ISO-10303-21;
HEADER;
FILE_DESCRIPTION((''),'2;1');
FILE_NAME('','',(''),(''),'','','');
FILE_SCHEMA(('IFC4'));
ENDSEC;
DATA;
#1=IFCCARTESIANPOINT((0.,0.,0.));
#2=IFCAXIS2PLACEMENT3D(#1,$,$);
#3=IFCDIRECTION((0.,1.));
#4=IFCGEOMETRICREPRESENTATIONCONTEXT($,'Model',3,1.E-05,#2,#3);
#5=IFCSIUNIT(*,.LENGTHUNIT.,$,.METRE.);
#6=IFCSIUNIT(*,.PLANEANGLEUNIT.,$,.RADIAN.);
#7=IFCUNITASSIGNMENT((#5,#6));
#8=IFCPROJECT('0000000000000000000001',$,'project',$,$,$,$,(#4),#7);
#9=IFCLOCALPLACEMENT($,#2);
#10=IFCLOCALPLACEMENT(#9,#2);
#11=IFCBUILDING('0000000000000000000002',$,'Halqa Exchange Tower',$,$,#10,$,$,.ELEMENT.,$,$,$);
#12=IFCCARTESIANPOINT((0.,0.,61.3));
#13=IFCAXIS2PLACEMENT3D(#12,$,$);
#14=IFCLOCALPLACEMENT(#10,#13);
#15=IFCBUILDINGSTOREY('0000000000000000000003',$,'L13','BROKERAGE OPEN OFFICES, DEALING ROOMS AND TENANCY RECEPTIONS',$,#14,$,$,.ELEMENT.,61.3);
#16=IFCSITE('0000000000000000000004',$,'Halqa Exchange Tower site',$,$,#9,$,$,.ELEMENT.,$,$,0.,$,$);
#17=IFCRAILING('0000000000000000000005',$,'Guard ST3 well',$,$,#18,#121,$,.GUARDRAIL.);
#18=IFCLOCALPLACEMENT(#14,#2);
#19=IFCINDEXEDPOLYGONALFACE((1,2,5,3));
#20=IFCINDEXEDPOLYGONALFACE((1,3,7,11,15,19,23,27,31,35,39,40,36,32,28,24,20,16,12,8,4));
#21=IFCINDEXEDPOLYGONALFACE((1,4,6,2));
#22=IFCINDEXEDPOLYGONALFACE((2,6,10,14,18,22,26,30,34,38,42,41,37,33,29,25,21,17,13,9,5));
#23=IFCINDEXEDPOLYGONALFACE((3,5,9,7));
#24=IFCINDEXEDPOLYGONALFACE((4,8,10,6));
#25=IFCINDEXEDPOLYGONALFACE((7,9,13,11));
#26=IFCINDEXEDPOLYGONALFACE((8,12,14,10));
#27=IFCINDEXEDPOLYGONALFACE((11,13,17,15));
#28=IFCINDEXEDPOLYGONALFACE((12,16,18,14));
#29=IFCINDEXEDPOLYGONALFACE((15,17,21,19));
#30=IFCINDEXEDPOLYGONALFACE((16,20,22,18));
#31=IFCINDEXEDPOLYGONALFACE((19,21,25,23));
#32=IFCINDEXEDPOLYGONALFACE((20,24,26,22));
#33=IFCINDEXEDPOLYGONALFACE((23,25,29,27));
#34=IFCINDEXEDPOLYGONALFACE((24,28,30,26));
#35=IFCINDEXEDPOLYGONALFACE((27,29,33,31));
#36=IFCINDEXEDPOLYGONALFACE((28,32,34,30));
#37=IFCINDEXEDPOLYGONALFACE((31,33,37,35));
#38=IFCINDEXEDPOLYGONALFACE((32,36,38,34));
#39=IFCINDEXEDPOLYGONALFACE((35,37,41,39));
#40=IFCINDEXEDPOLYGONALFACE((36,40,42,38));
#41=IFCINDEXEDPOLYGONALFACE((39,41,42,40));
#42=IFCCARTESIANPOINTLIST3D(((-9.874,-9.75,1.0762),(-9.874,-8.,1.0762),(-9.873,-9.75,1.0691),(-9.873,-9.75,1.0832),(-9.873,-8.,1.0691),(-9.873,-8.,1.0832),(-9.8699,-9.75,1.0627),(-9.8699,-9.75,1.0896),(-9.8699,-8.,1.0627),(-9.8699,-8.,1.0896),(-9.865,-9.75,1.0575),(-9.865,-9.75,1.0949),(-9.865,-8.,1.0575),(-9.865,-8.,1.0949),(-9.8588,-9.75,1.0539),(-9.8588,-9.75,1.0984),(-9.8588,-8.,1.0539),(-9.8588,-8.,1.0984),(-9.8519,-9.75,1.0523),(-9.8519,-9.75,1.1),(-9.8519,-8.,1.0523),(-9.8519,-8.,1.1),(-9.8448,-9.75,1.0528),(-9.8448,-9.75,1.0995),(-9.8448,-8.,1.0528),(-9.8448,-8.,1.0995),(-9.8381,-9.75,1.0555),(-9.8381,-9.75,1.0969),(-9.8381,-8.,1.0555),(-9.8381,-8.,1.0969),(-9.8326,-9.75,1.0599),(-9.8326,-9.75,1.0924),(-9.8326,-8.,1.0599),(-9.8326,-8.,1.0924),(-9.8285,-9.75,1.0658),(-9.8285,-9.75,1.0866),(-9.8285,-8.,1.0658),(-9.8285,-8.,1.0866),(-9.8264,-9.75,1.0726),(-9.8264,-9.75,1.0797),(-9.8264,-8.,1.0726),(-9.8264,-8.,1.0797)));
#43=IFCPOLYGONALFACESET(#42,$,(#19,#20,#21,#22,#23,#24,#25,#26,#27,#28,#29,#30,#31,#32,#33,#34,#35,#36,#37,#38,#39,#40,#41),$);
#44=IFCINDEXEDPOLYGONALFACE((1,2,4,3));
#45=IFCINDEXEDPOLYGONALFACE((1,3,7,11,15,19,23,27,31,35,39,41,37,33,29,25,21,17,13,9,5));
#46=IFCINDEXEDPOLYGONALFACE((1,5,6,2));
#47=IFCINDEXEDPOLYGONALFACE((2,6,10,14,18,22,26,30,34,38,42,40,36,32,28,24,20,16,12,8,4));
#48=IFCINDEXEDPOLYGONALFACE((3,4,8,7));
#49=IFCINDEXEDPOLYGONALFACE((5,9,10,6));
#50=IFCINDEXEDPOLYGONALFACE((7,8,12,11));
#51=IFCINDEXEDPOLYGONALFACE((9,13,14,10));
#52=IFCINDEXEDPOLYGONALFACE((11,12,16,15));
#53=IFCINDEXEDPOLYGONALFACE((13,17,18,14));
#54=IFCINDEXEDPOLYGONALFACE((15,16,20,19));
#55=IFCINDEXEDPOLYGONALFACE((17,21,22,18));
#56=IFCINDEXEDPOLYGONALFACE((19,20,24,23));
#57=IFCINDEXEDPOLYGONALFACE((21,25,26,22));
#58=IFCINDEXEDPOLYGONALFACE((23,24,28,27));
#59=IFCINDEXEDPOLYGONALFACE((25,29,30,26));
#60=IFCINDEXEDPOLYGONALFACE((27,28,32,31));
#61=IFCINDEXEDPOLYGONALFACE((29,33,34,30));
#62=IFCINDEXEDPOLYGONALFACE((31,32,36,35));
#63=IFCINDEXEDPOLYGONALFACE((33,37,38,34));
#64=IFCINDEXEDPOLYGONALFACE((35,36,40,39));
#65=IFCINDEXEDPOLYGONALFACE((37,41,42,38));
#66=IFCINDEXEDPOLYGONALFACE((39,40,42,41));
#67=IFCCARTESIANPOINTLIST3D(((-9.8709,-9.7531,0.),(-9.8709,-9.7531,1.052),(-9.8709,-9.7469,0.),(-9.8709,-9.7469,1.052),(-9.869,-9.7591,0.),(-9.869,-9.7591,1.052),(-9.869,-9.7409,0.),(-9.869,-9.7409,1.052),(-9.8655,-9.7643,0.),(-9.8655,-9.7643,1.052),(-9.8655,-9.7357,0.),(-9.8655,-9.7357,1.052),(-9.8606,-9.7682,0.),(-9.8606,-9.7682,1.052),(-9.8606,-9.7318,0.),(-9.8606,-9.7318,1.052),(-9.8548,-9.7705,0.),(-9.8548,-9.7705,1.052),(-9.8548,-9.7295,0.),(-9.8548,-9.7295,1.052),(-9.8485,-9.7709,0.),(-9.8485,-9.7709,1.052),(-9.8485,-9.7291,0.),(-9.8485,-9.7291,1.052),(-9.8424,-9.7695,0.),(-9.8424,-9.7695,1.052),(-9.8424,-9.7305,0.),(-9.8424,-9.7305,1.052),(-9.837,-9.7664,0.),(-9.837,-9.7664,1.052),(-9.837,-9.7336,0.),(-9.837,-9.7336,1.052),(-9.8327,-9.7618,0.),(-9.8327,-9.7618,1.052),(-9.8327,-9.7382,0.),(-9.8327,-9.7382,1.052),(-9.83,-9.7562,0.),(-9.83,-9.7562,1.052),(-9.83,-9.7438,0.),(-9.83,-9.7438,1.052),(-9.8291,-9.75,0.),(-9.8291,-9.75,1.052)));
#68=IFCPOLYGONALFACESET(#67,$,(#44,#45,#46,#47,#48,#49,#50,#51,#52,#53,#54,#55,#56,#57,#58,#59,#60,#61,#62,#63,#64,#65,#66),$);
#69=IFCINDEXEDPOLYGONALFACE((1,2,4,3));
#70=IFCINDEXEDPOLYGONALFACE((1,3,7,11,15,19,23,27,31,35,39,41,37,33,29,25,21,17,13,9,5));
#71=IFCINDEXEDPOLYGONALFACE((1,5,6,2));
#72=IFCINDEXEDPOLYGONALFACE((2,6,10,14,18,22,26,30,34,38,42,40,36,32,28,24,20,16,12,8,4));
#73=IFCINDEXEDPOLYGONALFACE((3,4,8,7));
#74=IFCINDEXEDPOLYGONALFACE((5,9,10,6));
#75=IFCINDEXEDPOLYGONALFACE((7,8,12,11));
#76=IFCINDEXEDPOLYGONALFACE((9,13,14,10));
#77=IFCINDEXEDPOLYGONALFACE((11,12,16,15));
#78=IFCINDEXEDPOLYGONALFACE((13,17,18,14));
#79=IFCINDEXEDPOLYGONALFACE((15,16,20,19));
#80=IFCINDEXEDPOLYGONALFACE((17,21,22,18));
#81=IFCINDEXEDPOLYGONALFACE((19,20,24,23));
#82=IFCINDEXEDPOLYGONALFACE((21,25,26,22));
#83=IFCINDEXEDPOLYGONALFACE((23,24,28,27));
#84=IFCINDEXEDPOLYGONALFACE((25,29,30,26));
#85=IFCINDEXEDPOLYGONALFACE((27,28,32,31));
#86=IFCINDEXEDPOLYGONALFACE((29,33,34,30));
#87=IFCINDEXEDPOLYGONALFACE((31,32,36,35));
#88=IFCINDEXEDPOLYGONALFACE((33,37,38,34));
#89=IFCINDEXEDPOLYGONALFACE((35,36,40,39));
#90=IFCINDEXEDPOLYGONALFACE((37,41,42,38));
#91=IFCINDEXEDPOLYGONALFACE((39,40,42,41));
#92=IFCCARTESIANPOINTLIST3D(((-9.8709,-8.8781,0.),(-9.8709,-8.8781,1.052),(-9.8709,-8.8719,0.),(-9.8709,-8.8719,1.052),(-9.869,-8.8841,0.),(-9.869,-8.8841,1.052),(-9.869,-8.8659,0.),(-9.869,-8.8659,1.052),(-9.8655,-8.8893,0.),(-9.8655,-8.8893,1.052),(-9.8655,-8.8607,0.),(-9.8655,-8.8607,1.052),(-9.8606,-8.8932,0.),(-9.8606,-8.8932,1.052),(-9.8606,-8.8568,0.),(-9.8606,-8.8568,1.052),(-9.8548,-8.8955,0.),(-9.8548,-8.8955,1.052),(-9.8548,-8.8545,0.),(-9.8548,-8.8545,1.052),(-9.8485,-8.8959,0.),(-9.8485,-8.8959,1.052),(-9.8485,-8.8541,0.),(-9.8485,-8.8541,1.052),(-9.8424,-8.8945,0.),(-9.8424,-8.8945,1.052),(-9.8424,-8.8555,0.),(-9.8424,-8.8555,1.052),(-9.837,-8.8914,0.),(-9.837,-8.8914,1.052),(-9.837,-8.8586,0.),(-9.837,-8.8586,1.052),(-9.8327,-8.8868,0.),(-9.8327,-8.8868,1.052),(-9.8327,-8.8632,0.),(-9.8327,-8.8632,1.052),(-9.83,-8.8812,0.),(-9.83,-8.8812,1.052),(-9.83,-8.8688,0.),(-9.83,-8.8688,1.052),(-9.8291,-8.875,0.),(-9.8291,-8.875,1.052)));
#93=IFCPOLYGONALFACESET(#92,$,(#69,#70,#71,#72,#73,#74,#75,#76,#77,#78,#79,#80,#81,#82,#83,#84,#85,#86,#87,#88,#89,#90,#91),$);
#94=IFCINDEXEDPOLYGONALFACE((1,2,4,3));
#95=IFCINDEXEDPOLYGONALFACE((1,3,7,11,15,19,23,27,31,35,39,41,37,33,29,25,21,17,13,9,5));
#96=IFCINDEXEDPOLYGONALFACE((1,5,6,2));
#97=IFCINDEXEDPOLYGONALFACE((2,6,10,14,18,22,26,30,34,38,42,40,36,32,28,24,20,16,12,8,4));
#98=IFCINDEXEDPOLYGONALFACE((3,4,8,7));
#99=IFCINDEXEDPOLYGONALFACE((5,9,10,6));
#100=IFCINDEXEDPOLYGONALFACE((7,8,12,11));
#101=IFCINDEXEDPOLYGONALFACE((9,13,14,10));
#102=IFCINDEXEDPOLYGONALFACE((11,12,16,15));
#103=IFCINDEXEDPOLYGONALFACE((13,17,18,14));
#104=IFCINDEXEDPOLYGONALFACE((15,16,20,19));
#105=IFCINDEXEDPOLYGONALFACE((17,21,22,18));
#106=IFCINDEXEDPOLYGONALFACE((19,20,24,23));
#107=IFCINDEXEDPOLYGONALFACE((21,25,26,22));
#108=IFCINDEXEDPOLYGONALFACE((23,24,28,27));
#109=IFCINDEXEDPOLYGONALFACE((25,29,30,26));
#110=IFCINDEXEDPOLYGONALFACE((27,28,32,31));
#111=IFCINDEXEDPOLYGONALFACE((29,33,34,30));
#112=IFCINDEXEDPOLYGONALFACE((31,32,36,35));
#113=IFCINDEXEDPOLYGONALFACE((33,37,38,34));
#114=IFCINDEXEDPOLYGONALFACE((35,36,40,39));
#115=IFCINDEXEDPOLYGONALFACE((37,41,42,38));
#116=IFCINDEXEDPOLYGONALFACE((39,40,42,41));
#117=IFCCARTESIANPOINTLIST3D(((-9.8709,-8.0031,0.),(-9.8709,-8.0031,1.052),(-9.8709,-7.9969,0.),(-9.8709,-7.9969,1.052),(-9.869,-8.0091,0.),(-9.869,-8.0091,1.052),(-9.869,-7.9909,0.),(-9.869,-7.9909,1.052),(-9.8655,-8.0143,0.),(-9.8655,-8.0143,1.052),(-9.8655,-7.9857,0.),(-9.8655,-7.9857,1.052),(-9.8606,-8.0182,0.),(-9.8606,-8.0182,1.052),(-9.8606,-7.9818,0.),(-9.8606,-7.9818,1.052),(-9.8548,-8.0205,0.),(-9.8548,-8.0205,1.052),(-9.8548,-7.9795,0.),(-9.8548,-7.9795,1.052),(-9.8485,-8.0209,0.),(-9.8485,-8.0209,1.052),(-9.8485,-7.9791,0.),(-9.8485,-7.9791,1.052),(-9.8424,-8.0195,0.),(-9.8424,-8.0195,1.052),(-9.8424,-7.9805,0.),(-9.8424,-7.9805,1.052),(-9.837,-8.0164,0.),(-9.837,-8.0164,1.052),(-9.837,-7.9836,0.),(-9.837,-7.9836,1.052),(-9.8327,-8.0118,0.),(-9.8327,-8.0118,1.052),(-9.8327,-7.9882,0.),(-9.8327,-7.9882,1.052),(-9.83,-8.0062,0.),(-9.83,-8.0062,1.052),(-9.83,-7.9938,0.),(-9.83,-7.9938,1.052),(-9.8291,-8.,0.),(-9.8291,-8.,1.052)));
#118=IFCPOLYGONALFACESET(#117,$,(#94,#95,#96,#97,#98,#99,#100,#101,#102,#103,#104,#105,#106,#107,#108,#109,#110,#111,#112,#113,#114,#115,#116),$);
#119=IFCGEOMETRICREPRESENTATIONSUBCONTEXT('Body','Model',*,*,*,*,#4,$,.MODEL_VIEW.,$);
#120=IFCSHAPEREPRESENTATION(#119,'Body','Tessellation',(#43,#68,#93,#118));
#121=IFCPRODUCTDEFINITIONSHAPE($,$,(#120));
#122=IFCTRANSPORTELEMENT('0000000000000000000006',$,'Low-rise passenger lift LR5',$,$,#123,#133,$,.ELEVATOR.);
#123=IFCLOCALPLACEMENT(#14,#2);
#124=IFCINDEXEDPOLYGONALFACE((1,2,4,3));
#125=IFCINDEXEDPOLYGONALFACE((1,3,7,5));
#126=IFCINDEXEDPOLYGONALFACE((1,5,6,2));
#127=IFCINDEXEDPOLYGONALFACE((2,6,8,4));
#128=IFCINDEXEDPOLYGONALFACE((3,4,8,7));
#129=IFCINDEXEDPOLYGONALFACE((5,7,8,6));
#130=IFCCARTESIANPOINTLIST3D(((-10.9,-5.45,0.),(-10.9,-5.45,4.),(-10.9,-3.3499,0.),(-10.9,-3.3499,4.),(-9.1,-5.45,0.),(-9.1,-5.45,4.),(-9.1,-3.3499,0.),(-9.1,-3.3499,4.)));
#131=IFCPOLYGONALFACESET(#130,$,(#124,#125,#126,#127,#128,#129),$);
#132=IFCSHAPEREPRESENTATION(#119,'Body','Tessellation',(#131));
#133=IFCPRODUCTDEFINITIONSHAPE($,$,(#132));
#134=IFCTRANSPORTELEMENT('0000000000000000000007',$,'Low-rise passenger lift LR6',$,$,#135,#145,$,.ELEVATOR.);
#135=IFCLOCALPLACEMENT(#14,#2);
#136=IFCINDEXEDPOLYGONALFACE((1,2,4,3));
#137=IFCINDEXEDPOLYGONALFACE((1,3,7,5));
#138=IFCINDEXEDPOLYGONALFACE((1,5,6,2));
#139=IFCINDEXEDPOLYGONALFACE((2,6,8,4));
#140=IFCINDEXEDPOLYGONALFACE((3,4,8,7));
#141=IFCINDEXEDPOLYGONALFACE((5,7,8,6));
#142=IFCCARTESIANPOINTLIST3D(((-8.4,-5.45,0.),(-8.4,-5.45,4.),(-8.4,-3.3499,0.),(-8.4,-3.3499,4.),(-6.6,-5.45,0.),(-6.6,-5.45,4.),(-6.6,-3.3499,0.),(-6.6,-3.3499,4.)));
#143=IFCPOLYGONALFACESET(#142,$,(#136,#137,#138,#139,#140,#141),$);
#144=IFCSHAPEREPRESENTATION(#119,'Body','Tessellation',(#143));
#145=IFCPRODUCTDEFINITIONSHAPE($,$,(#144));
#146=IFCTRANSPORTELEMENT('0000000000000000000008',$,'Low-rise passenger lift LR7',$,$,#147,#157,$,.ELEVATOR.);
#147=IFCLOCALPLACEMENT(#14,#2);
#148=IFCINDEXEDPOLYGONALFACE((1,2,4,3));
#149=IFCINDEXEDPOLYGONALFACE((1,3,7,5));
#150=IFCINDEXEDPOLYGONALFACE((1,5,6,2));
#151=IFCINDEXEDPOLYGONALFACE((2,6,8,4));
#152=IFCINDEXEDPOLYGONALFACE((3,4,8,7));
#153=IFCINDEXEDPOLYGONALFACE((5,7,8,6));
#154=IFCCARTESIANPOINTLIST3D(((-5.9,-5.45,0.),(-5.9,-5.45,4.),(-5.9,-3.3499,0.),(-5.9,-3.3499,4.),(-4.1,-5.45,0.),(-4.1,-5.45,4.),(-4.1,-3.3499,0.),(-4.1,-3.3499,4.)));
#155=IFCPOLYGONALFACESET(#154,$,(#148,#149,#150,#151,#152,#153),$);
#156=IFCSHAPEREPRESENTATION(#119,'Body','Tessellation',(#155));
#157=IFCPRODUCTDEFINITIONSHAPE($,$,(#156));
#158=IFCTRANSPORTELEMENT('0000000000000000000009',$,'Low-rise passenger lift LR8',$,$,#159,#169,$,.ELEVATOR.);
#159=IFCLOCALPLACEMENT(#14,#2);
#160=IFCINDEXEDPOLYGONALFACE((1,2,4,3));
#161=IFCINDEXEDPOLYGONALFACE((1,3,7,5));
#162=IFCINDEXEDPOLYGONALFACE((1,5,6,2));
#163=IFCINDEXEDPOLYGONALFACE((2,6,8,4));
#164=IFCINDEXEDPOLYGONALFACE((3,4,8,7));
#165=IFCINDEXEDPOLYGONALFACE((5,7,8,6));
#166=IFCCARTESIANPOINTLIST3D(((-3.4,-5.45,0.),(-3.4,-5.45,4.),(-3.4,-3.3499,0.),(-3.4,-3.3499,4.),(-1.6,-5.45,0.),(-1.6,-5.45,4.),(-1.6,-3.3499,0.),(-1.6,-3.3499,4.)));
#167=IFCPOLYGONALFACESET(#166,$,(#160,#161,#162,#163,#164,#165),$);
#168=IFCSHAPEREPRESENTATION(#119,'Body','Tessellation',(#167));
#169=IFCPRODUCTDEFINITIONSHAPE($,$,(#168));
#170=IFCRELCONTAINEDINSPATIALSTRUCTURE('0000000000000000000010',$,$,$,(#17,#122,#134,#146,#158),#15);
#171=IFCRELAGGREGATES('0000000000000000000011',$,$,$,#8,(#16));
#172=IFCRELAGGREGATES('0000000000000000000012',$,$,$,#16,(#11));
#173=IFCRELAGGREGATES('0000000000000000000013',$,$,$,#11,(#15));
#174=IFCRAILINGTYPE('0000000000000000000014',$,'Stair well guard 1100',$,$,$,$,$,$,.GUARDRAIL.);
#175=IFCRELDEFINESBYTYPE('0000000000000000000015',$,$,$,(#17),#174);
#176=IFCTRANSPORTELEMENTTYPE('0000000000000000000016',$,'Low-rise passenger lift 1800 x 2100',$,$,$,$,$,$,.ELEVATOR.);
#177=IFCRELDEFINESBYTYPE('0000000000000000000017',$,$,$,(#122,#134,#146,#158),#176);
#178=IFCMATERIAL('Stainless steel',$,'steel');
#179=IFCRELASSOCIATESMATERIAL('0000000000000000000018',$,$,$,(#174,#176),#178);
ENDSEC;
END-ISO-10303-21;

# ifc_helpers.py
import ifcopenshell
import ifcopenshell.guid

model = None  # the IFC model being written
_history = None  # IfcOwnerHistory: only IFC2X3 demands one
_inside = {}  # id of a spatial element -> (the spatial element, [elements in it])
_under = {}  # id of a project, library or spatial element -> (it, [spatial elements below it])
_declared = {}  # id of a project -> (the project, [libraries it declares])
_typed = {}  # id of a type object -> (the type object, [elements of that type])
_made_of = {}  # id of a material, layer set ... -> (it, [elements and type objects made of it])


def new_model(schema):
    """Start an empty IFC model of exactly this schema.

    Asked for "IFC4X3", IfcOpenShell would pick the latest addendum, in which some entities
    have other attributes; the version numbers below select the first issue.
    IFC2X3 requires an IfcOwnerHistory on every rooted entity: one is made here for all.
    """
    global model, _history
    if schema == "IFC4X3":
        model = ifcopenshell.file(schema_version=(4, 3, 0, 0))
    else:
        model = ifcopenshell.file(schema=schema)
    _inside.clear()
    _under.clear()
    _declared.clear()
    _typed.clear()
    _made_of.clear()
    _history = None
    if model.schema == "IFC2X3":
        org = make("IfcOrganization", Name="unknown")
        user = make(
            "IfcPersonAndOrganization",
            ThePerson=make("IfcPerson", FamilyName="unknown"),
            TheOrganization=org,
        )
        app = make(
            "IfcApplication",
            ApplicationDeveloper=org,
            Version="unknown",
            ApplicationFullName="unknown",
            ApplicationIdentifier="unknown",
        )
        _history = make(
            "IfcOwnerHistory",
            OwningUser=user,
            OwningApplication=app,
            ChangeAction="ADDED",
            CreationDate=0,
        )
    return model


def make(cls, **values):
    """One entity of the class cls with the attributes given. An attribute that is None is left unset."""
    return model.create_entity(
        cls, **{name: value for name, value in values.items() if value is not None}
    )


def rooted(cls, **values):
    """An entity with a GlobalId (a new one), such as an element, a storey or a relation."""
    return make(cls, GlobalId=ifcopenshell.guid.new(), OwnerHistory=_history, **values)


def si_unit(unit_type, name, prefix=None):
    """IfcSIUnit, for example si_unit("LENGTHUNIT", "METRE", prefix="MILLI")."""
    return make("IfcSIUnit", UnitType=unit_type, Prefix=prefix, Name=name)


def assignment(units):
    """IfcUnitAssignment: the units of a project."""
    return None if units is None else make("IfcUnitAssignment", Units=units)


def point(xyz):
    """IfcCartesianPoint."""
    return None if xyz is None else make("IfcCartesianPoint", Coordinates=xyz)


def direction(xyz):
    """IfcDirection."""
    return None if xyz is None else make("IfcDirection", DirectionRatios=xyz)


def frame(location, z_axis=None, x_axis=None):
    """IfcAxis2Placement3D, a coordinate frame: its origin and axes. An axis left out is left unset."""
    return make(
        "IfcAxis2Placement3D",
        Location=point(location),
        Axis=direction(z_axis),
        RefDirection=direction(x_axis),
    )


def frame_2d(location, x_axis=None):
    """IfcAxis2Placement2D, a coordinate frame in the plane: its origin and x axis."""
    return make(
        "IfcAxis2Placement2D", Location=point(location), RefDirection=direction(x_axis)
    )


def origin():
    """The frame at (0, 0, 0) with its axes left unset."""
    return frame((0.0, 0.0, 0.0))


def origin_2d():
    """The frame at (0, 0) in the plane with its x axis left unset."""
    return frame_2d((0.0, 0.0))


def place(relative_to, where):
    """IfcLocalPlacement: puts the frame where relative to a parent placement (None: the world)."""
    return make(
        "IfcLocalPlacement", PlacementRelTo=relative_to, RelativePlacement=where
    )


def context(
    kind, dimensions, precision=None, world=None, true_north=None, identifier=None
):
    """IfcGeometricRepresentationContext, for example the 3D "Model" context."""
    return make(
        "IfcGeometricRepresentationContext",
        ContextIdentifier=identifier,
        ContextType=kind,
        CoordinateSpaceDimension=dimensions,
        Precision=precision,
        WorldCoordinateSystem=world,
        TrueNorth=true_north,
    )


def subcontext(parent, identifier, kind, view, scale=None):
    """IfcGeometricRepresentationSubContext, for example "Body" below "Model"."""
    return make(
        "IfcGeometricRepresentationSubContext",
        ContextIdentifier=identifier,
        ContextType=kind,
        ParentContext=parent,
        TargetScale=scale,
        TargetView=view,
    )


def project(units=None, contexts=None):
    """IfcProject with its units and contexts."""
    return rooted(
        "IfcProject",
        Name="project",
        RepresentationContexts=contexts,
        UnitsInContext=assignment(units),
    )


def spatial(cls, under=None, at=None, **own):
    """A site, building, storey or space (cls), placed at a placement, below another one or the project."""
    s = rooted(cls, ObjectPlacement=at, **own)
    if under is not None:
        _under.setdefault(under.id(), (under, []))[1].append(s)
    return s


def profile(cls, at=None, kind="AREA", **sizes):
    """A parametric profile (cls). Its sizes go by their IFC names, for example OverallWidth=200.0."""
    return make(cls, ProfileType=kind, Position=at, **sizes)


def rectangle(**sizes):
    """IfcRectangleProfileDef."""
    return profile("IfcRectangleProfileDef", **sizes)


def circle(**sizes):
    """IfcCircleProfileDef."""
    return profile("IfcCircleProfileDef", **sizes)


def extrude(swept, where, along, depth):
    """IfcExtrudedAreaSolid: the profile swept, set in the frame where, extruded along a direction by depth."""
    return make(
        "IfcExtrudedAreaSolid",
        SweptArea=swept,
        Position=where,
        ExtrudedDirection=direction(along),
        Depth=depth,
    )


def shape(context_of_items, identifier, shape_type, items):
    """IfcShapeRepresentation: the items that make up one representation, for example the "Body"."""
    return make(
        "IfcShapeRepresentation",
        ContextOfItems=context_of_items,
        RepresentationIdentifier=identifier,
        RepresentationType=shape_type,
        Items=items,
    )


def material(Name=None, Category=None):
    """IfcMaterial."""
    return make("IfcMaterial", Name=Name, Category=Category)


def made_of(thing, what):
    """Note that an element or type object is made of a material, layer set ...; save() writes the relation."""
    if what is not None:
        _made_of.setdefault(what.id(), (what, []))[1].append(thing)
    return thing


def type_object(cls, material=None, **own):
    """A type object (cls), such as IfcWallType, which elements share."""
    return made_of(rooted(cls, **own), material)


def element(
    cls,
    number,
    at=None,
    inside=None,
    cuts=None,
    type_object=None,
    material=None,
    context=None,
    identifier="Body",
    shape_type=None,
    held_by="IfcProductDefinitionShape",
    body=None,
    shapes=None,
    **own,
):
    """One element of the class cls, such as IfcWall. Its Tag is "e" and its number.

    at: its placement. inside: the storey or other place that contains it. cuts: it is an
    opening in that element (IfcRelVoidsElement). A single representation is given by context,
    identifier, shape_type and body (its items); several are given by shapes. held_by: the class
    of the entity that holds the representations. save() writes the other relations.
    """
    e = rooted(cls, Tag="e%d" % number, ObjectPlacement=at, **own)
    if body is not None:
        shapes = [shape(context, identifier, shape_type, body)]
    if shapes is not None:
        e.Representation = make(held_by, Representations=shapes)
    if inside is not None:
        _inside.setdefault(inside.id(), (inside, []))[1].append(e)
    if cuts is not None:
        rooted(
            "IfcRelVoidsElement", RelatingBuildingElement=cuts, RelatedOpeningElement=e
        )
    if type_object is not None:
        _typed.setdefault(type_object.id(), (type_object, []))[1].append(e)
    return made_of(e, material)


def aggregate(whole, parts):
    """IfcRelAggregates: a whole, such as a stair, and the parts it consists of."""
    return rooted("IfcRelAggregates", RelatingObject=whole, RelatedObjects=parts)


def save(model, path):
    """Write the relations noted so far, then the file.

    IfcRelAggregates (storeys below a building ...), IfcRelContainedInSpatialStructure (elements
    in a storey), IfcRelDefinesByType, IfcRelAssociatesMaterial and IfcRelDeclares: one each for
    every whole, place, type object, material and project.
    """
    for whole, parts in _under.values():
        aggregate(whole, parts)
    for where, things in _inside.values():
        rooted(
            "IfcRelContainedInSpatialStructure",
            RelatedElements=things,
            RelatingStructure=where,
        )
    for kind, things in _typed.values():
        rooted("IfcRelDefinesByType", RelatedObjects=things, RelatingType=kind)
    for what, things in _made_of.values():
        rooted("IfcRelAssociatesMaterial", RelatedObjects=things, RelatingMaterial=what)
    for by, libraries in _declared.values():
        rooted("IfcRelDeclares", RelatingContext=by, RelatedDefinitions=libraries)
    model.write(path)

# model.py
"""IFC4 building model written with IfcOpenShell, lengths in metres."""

from ifc_helpers import new_model, si_unit, direction, frame, origin, origin_2d, place, context, subcontext, project, spatial, rectangle, circle, extrude, material, type_object, element, save


model = new_model("IFC4")

# Units and contexts
model_context = context("Model", 3, precision=1e-05, world=origin(), true_north=direction((0.0, 1.0)))
body_context = subcontext(model_context, "Body", "Model", "MODEL_VIEW")
ifc_project = project(units=[si_unit("LENGTHUNIT", "METRE"), si_unit("PLANEANGLEUNIT", "RADIAN")], contexts=[model_context])

# Site, building, storey
site_placement = place(None, origin())
site = spatial("IfcSite", under=ifc_project, at=site_placement, Name="Halqa Exchange Tower site", CompositionType="ELEMENT", RefElevation=0.0)
building_placement = place(site_placement, origin())
building = spatial("IfcBuilding", under=site, at=building_placement, Name="Halqa Exchange Tower", CompositionType="ELEMENT")
storey_placement = place(building_placement, frame((0.0, 0.0, 61.3)))
storey = spatial("IfcBuildingStorey", under=building, at=storey_placement, Name="L13", Description="BROKERAGE OPEN OFFICES, DEALING ROOMS AND TENANCY RECEPTIONS", CompositionType="ELEMENT", Elevation=61.3)

# Shared definitions
ifc_material_1 = material(Name="Stainless steel", Category="steel")

# Railing
railing_type_1 = type_object("IfcRailingType", Name="Stair well guard 1100", PredefinedType="GUARDRAIL", material=ifc_material_1)
railing_1_placement = place(storey_placement, frame((-9.8501, -9.75, 0.0)))
element("IfcRailing", 1, at=railing_1_placement, inside=storey, type_object=railing_type_1, Name="Guard ST3 well", PredefinedType="GUARDRAIL", context=body_context, shape_type="SweptSolid", body=[
    extrude(circle(Radius=0.0239, at=origin_2d()), frame((0.0, 0.0, 1.0762), z_axis=(0.0, 1.0, 0.0), x_axis=(-1.0, 0.0, 0.0)), (0.0, 0.0, 1.0), 1.75),
    extrude(circle(Radius=0.021, at=origin_2d()), origin(), (0.0, 0.0, 1.0), 1.052),
    extrude(circle(Radius=0.021, at=origin_2d()), frame((0.0, 0.875, 0.0)), (0.0, 0.0, 1.0), 1.052),
    extrude(circle(Radius=0.021, at=origin_2d()), frame((0.0, 1.75, 0.0)), (0.0, 0.0, 1.0), 1.052),
])

# Transport elements
transport_element_type = type_object("IfcTransportElementType", Name="Low-rise passenger lift 1800 x 2100", PredefinedType="ELEVATOR", material=ifc_material_1)
for number, where, z_axis, x_axis, name in (
    (2, (-10.0, -4.3999, 0.0), (0.0, 0.0, 1.0), (1.0, 0.0, 0.0), "Low-rise passenger lift LR5"),
    (3, (-7.5, -4.3999, 0.0), (0.0, 0.0, 1.0), (1.0, 0.0, 0.0), "Low-rise passenger lift LR6"),
    (4, (-5.0, -4.3999, 0.0), (0.0, 0.0, 1.0), (1.0, 0.0, 0.0), "Low-rise passenger lift LR7"),
    (5, (-2.5, -4.3999, 0.0), (0.0, 0.0, 1.0), (1.0, 0.0, 0.0), "Low-rise passenger lift LR8"),
):
    element("IfcTransportElement", number, at=place(storey_placement, frame(where, z_axis=z_axis, x_axis=x_axis)), inside=storey, type_object=transport_element_type, Name=name, PredefinedType="ELEVATOR", context=body_context, shape_type="SweptSolid", body=[
        extrude(rectangle(XDim=1.8, YDim=2.1001, at=origin_2d()), origin(), (0.0, 0.0, 1.0), 4.0),
    ])

save(model, "model.ifc")
